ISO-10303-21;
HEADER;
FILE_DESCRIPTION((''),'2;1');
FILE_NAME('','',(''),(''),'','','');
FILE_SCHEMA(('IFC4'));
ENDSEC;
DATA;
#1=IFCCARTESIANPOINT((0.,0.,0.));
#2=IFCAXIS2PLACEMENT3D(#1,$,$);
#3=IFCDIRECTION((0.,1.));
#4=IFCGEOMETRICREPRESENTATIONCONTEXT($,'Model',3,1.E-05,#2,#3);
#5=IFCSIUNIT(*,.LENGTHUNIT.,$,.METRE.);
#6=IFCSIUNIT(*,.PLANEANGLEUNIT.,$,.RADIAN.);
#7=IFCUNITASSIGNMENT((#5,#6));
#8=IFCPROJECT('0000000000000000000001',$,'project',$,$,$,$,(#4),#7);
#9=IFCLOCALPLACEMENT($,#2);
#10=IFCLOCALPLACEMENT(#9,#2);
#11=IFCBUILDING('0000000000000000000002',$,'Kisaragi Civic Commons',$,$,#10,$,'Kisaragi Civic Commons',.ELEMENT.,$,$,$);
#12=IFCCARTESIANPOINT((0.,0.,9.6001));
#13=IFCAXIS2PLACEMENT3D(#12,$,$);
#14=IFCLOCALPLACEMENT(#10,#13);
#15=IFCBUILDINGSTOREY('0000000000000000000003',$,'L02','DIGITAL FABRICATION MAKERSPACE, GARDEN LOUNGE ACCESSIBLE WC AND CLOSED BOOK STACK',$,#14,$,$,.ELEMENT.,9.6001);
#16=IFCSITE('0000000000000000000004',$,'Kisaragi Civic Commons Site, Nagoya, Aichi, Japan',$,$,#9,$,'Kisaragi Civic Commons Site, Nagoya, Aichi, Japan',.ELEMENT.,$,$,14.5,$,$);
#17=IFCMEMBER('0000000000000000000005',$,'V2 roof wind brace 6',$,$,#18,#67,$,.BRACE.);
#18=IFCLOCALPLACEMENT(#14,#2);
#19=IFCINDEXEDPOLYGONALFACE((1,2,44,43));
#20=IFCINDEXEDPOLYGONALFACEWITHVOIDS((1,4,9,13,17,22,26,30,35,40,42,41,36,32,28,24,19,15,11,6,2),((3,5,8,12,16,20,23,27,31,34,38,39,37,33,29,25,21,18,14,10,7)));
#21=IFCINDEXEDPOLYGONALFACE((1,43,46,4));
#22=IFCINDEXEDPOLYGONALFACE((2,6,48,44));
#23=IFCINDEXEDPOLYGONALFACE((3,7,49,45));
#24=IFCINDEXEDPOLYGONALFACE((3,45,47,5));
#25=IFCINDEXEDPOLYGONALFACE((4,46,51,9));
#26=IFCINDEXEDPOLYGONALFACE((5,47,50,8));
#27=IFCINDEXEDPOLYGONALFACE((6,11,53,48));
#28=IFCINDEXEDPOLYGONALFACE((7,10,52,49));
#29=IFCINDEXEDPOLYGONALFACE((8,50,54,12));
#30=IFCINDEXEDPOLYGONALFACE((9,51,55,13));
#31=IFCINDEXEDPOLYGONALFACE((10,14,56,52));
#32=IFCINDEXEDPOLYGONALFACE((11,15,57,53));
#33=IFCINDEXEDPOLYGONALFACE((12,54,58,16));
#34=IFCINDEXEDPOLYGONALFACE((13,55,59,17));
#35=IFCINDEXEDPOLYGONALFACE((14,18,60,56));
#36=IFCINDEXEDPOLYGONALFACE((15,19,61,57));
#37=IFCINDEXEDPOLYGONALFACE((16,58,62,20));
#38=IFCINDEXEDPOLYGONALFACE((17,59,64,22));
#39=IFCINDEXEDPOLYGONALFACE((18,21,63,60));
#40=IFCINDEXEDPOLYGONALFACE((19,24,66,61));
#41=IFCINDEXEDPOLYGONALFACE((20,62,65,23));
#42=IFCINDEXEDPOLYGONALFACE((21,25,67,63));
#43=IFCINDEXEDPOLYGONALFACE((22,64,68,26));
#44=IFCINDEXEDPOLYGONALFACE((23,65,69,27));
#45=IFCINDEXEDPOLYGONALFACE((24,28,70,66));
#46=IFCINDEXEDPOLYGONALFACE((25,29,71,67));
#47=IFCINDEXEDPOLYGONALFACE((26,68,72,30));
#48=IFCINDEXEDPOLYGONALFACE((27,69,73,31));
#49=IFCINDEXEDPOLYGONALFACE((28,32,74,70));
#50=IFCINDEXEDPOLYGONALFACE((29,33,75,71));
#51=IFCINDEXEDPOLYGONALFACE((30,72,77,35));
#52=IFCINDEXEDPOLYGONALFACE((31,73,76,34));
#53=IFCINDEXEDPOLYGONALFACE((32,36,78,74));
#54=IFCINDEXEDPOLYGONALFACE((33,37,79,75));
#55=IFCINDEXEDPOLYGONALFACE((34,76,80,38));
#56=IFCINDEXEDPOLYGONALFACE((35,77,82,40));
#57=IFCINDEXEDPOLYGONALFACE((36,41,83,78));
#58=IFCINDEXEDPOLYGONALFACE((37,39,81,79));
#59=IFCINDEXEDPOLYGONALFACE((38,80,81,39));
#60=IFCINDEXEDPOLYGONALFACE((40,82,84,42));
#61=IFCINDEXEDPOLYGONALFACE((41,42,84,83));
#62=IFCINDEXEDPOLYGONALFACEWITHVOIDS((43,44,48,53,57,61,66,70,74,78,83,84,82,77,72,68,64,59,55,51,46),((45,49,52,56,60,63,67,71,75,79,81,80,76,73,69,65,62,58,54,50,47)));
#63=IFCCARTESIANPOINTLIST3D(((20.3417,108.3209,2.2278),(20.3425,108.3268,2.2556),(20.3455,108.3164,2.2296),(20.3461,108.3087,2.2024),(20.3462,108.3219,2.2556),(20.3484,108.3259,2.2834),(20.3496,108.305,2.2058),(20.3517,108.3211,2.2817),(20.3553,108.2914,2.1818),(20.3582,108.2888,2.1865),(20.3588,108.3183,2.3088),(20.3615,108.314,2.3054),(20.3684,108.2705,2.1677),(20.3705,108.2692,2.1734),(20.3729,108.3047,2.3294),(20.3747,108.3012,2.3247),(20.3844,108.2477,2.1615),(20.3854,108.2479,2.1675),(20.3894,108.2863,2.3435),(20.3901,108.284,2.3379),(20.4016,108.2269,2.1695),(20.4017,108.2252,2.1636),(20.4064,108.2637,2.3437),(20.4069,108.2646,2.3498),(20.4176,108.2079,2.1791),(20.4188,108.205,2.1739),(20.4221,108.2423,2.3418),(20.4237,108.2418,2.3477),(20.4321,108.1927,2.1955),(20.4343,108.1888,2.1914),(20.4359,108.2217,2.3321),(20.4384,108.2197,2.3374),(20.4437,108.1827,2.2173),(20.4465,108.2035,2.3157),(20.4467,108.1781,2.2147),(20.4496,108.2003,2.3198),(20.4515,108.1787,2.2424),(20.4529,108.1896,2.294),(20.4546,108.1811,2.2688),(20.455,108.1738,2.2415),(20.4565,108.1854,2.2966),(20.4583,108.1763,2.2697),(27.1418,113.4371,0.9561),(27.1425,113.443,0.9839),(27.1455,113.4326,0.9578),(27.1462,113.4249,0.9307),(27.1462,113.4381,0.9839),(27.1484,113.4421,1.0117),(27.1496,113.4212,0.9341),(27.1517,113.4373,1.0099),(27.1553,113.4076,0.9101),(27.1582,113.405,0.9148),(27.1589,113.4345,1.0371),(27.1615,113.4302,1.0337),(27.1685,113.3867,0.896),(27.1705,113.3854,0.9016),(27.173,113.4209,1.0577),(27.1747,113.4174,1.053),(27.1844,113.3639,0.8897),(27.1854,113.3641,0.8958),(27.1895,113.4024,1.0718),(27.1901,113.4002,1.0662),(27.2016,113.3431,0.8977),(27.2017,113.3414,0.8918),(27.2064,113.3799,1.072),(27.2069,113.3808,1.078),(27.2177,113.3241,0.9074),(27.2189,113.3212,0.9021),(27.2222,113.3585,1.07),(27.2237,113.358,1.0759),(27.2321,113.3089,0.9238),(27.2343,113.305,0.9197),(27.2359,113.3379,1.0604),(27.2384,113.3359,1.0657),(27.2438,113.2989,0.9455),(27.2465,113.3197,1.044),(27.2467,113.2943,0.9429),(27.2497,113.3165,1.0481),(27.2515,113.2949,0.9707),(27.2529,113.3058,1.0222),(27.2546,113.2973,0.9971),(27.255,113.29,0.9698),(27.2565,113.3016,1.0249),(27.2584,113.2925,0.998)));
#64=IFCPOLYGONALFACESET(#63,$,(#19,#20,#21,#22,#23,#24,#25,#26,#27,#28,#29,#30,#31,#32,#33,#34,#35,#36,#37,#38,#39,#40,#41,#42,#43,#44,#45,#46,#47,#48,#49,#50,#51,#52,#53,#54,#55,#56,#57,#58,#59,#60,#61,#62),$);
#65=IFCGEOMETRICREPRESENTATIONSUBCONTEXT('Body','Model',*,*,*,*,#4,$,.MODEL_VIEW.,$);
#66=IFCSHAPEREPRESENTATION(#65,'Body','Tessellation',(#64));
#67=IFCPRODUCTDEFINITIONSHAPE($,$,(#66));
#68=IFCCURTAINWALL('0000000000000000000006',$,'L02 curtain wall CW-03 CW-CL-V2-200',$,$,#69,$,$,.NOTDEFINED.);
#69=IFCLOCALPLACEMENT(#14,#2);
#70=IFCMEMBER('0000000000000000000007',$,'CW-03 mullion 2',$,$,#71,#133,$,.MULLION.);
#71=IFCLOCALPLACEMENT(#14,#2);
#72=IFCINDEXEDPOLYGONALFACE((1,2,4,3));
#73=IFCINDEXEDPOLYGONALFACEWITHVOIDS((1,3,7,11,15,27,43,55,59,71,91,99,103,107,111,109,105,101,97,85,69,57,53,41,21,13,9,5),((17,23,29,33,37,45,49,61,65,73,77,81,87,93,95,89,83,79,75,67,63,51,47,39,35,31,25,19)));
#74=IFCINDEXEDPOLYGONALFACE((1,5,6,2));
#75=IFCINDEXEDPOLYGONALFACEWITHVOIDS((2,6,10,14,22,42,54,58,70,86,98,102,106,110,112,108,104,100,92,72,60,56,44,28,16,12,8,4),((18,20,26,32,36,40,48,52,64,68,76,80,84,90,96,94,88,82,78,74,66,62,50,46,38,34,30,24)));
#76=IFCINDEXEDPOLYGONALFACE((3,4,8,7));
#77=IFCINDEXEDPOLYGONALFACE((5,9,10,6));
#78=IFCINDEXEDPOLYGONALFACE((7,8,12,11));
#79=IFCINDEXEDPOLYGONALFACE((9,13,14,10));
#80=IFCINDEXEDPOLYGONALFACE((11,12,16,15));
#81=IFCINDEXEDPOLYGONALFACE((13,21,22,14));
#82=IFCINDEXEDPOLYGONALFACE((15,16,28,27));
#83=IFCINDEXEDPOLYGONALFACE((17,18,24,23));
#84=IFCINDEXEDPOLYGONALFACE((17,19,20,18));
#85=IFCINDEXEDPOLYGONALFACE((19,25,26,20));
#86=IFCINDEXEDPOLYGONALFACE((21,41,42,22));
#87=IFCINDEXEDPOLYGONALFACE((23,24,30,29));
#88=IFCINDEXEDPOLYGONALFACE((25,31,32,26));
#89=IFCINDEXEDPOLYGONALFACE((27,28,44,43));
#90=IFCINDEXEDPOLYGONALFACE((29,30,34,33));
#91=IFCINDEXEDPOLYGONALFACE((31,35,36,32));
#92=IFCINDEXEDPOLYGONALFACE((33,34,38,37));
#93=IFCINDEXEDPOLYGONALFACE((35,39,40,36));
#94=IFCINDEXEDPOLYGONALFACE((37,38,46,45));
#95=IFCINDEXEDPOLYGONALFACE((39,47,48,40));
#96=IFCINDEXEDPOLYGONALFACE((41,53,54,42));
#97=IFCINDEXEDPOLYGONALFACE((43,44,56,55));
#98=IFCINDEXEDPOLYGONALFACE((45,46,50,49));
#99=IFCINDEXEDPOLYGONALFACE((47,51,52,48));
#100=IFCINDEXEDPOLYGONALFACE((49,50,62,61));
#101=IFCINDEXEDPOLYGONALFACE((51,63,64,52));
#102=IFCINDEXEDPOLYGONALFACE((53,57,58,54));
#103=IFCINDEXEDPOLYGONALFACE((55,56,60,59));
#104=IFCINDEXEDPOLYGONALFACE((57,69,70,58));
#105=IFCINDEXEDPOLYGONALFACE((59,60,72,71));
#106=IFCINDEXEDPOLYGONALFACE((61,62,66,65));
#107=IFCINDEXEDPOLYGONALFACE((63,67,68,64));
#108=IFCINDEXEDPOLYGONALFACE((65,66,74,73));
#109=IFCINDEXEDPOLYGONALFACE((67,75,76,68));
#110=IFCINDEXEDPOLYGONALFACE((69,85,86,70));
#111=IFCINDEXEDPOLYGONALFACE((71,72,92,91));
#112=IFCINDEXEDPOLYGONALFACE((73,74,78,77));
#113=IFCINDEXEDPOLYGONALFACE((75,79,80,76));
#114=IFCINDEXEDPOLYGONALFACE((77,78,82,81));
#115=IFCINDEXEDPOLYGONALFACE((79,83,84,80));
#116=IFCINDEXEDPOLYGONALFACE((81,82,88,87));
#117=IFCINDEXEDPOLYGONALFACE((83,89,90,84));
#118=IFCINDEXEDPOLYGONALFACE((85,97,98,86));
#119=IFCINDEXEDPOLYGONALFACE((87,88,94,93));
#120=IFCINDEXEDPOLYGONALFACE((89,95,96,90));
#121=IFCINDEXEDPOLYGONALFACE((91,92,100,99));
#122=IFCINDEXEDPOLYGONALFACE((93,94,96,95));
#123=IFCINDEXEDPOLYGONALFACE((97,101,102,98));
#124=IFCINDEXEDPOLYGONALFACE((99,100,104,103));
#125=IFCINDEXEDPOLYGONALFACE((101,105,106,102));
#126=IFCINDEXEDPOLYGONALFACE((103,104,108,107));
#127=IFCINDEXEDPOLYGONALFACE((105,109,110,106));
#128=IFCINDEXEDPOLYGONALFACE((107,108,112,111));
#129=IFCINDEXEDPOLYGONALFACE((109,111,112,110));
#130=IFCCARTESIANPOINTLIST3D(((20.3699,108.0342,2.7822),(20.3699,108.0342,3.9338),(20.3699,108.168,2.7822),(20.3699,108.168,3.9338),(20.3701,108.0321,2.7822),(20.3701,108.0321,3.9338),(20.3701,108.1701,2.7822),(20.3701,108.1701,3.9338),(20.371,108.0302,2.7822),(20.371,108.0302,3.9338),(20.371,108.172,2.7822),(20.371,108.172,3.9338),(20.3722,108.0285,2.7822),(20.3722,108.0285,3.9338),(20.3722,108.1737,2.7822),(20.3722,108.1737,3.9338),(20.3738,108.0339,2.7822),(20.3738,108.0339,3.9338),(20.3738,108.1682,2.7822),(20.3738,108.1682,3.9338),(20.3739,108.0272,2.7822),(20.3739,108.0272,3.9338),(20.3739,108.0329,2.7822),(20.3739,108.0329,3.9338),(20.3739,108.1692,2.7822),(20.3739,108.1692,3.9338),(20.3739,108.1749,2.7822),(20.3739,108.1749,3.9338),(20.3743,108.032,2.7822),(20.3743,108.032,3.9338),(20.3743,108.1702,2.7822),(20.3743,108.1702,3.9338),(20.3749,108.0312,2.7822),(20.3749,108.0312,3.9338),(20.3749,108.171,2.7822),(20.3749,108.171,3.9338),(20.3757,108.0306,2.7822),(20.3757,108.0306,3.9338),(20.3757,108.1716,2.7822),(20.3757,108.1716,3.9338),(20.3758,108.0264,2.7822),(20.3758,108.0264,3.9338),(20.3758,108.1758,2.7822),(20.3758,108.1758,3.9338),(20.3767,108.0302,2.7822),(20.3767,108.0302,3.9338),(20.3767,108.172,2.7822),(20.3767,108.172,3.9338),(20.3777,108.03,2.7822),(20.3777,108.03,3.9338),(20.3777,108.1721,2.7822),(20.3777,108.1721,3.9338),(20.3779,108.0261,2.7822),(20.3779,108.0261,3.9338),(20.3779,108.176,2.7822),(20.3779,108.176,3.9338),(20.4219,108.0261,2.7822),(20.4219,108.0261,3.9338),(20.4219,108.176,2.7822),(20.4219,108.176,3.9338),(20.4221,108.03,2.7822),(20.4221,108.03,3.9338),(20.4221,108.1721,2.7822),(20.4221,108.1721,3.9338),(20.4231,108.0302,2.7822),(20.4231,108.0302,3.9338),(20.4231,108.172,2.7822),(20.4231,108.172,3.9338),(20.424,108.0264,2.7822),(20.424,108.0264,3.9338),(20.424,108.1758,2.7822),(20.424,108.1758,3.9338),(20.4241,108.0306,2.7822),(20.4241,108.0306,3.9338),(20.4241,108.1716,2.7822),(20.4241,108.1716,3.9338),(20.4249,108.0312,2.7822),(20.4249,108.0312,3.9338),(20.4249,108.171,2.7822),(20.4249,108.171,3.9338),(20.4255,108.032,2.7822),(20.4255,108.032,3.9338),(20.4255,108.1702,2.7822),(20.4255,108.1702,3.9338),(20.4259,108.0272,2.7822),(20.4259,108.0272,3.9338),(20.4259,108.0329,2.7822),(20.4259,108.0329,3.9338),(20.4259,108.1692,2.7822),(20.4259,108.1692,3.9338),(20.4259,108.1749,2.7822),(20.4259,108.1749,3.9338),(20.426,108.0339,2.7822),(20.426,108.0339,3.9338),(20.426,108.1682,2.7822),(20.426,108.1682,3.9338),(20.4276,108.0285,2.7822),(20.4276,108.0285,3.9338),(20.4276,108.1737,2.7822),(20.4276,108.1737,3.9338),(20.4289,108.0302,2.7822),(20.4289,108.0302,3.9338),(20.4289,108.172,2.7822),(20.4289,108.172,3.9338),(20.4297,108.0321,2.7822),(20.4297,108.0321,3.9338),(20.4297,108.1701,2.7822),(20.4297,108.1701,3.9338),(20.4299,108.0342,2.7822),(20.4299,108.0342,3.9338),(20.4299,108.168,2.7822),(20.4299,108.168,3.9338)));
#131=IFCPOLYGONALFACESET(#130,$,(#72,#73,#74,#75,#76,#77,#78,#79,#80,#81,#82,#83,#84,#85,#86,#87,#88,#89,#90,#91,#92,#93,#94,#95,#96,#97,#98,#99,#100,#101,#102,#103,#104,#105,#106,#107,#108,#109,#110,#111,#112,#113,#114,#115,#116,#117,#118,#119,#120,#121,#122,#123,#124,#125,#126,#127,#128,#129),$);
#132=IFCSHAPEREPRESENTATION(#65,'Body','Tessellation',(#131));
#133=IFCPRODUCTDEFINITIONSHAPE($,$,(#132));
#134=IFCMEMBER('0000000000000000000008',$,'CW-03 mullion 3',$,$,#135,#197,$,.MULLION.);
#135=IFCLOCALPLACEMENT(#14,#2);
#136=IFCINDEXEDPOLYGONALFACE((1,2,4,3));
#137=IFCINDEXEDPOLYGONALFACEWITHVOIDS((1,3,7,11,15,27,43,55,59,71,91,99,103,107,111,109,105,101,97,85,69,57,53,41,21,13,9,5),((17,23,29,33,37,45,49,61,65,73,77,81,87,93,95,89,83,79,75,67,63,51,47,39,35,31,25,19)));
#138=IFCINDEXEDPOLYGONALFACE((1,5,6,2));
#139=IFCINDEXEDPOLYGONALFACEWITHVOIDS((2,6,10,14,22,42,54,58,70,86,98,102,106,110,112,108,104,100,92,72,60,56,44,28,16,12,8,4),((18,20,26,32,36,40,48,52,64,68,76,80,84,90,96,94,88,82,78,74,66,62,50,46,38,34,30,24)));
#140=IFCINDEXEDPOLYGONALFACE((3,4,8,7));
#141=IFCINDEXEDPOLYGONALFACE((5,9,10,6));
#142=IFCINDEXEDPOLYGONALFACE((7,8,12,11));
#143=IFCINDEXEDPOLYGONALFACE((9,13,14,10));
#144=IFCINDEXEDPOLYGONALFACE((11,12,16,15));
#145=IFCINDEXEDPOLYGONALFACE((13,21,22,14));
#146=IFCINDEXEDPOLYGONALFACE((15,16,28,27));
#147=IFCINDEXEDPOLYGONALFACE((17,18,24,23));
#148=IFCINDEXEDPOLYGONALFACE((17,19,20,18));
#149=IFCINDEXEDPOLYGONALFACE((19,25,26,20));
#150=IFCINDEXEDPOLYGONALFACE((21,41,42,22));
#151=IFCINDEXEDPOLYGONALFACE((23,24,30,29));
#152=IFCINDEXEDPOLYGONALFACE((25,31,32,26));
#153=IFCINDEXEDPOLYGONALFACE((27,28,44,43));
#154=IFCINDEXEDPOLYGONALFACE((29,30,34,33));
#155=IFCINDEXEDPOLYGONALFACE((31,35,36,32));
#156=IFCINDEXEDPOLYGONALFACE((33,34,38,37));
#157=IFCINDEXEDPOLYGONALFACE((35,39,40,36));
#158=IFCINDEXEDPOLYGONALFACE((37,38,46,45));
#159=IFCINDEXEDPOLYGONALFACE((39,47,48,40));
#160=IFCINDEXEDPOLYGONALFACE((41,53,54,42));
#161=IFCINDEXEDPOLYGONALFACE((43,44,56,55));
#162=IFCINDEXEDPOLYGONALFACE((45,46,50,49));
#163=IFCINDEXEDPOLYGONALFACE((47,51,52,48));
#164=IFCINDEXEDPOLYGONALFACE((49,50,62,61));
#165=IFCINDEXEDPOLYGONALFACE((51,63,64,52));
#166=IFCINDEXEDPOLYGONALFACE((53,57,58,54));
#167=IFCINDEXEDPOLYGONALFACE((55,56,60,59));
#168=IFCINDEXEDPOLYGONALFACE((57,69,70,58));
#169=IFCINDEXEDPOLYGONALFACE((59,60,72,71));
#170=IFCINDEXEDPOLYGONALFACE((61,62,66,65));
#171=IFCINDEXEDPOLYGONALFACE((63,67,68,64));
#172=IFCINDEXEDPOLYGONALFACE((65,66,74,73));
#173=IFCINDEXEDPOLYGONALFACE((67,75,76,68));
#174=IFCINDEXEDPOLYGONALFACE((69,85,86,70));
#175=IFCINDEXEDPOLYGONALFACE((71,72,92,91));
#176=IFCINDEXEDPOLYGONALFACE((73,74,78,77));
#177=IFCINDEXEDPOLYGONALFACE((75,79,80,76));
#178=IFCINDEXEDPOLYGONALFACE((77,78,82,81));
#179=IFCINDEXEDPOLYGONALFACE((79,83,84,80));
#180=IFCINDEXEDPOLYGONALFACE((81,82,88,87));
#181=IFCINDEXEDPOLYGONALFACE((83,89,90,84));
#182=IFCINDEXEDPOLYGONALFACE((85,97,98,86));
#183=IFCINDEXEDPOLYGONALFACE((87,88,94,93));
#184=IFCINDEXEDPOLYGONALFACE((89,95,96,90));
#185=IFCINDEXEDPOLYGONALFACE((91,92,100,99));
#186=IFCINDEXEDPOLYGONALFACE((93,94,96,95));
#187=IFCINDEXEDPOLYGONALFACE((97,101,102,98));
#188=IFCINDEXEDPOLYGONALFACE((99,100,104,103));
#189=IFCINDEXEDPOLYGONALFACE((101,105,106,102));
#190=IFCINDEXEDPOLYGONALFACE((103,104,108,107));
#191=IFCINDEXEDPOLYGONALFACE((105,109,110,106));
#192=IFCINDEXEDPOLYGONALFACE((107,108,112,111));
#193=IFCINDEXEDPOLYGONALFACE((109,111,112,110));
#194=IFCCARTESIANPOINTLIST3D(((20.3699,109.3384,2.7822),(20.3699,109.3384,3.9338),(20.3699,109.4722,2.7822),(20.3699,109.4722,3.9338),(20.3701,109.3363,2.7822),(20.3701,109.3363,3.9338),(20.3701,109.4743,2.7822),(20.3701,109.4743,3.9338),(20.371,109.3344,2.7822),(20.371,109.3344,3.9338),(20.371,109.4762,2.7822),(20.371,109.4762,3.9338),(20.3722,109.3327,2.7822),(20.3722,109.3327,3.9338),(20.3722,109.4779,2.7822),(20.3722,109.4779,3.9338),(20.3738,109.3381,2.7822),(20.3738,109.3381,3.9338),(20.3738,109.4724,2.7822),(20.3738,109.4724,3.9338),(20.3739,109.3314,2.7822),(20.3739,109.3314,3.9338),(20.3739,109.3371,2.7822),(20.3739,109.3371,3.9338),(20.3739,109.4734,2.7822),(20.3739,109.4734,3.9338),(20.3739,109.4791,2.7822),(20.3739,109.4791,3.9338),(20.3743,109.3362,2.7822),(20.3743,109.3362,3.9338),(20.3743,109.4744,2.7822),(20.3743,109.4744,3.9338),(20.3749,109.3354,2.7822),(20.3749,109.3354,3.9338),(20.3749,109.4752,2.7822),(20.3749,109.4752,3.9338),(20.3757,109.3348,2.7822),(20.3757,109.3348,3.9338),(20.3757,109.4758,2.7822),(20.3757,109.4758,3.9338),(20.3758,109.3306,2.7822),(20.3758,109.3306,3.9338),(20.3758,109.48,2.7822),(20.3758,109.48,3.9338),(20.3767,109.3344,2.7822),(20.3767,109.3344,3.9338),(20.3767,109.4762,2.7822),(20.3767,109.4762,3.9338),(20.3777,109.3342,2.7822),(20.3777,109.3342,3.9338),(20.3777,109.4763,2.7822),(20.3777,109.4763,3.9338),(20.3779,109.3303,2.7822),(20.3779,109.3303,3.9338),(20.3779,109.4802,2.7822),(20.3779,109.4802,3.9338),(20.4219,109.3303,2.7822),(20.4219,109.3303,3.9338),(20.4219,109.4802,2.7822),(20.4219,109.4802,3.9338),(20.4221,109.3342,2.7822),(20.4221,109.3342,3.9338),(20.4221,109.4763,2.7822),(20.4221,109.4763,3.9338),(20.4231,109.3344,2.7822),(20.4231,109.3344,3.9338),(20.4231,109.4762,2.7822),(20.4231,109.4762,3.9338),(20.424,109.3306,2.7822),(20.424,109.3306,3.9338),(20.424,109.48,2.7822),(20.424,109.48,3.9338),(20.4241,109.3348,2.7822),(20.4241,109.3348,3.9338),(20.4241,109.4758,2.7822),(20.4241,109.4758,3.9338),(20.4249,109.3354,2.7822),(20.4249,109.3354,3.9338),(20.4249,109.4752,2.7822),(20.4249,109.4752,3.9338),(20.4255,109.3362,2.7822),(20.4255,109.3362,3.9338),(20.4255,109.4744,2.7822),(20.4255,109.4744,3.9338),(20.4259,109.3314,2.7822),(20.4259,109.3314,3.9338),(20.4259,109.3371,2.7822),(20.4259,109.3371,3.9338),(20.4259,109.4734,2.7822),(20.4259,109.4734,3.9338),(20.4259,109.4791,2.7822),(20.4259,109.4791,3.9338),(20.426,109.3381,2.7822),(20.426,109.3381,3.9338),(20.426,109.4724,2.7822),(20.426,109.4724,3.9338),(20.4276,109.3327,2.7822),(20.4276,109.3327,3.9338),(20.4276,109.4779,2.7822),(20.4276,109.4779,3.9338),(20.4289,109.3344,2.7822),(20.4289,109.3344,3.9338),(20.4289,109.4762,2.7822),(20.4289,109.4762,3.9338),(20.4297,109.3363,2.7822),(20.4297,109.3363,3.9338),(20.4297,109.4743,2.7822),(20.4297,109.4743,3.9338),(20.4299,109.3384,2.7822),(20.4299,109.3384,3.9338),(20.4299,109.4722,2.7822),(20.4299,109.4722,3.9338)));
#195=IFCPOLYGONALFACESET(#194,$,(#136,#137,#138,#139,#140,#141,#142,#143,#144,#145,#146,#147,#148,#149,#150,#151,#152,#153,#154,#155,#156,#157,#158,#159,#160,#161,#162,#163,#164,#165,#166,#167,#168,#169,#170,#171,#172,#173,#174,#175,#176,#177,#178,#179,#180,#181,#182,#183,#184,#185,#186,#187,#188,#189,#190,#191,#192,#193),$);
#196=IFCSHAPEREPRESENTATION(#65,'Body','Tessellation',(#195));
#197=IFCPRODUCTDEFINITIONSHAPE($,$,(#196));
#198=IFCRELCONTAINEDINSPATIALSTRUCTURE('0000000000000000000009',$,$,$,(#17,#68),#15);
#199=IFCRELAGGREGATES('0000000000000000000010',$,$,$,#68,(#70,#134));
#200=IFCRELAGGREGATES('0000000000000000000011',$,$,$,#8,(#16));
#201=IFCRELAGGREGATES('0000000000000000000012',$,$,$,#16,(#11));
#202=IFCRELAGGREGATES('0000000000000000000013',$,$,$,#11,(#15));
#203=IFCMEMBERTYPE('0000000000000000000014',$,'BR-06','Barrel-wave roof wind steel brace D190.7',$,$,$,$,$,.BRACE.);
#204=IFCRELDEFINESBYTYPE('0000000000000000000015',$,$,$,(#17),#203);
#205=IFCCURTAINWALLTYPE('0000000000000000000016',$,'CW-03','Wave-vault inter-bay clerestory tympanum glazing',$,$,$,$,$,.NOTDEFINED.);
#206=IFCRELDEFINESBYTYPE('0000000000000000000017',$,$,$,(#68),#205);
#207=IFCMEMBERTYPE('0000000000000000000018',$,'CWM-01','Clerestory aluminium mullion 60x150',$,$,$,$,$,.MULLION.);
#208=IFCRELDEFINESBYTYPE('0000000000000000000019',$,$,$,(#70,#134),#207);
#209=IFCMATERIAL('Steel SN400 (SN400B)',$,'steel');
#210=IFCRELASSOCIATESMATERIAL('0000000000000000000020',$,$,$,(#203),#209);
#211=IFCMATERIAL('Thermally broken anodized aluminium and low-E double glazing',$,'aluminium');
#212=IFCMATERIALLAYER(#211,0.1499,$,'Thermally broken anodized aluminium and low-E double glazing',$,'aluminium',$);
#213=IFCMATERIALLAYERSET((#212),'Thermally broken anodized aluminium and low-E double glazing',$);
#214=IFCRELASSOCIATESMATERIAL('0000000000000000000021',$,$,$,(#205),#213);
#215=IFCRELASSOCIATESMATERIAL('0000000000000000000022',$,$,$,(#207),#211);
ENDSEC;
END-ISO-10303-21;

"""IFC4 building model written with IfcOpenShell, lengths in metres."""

from ifc_helpers import new_model, si_unit, direction, frame, origin, origin_2d, place, context, subcontext, project, spatial, hollow_rectangle, hollow_circle, extrude, material, layer, layer_set, material_profile, profile_set, type_object, element, aggregate, save


model = new_model("IFC4")

# Units and contexts
model_context = context("Model", 3, precision=1e-05, world=origin(), true_north=direction((0.0, 1.0)))
body_context = subcontext(model_context, "Body", "Model", "MODEL_VIEW")
ifc_project = project(units=[si_unit("LENGTHUNIT", "METRE"), si_unit("PLANEANGLEUNIT", "RADIAN")], contexts=[model_context])

# Site, building, storey
site_placement = place(None, origin())
site = spatial("IfcSite", under=ifc_project, at=site_placement, Name="Kisaragi Civic Commons Site, Nagoya, Aichi, Japan", LongName="Kisaragi Civic Commons Site, Nagoya, Aichi, Japan", CompositionType="ELEMENT", RefElevation=14.5)
building_placement = place(site_placement, origin())
building = spatial("IfcBuilding", under=site, at=building_placement, Name="Kisaragi Civic Commons", LongName="Kisaragi Civic Commons", CompositionType="ELEMENT")
storey_placement = place(building_placement, frame((0.0, 0.0, 9.6001)))
storey = spatial("IfcBuildingStorey", under=building, at=storey_placement, Name="L02", Description="DIGITAL FABRICATION MAKERSPACE, GARDEN LOUNGE ACCESSIBLE WC AND CLOSED BOOK STACK", CompositionType="ELEMENT", Elevation=9.6001)

# Member
ifc_material_1 = material(Name="Steel SN400 (SN400B)", Category="steel")
ifc_material_profile_1 = material_profile(ifc_material_1, hollow_circle(Radius=0.0955, WallThickness=0.0061, at=origin_2d()), Name="CHS-190.7x6.0", Category="steel")
ifc_profile_set_1 = profile_set([ifc_material_profile_1], Name="Steel SN400 (SN400B)")
member_type_1 = type_object("IfcMemberType", Name="BR-06", Description="Barrel-wave roof wind steel brace D190.7", PredefinedType="BRACE", material=ifc_profile_set_1)
member_1_placement = place(storey_placement, frame((20.3999, 108.2505, 2.2556), z_axis=(0.79031, 0.594613, -0.147802), x_axis=(-0.601216, 0.799087, 0.0)))
element("IfcMember", 1, at=member_1_placement, inside=storey, type_object=member_type_1, Name="V2 roof wind brace 6", PredefinedType="BRACE", context=body_context, shape_type="SweptSolid", body=[
    extrude(hollow_circle(Radius=0.0955, WallThickness=0.0061, at=origin_2d()), origin(), (0.0, 0.0, 1.0), 8.6042),
])

# Curtain wall, members
ifc_material_2 = material(Name="Thermally broken anodized aluminium and low-E double glazing", Category="aluminium")
ifc_layer_1 = layer(ifc_material_2, 0.1499, Name="Thermally broken anodized aluminium and low-E double glazing", Category="aluminium")
ifc_layer_set_1 = layer_set([ifc_layer_1], Name="Thermally broken anodized aluminium and low-E double glazing")
curtain_wall_type = type_object("IfcCurtainWallType", Name="CW-03", Description="Wave-vault inter-bay clerestory tympanum glazing", PredefinedType="NOTDEFINED", material=ifc_layer_set_1)
curtain_wall_placement = place(storey_placement, origin())
curtain_wall = element("IfcCurtainWall", 2, at=curtain_wall_placement, inside=storey, type_object=curtain_wall_type, Name="L02 curtain wall CW-03 CW-CL-V2-200", PredefinedType="NOTDEFINED")
ifc_material_profile_2 = material_profile(ifc_material_2, hollow_rectangle(XDim=0.0601, YDim=0.1499, WallThickness=0.0039, InnerFilletRadius=0.0039, OuterFilletRadius=0.0081, at=origin_2d()), Name="CWM-60x150x4", Category="aluminium")
ifc_profile_set_2 = profile_set([ifc_material_profile_2], Name="Thermally broken anodized aluminium and low-E double glazing")
member_type_2 = type_object("IfcMemberType", Name="CWM-01", Description="Clerestory aluminium mullion 60x150", PredefinedType="MULLION", material=ifc_profile_set_2)
member_2_placement = place(storey_placement, frame((20.3999, 108.1011, 2.7822), z_axis=(0.0, 0.0, 1.0), x_axis=(-1.0, 0.0, 0.0)))
member_2 = element("IfcMember", 3, at=member_2_placement, type_object=member_type_2, Name="CW-03 mullion 2", PredefinedType="MULLION", context=body_context, shape_type="SweptSolid", body=[
    extrude(hollow_rectangle(XDim=0.0601, YDim=0.1499, WallThickness=0.0039, InnerFilletRadius=0.0039, OuterFilletRadius=0.0081, at=origin_2d()), origin(), (0.0, 0.0, 1.0), 1.1516),
])
member_3_placement = place(storey_placement, frame((20.3999, 109.4053, 2.7822), z_axis=(0.0, 0.0, 1.0), x_axis=(-1.0, 0.0, 0.0)))
member_3 = element("IfcMember", 4, at=member_3_placement, type_object=member_type_2, Name="CW-03 mullion 3", PredefinedType="MULLION", context=body_context, shape_type="SweptSolid", body=[
    extrude(hollow_rectangle(XDim=0.0601, YDim=0.1499, WallThickness=0.0039, InnerFilletRadius=0.0039, OuterFilletRadius=0.0081, at=origin_2d()), origin(), (0.0, 0.0, 1.0), 1.1516),
])

aggregate(curtain_wall, [member_2, member_3])

save(model, "model.ifc")
